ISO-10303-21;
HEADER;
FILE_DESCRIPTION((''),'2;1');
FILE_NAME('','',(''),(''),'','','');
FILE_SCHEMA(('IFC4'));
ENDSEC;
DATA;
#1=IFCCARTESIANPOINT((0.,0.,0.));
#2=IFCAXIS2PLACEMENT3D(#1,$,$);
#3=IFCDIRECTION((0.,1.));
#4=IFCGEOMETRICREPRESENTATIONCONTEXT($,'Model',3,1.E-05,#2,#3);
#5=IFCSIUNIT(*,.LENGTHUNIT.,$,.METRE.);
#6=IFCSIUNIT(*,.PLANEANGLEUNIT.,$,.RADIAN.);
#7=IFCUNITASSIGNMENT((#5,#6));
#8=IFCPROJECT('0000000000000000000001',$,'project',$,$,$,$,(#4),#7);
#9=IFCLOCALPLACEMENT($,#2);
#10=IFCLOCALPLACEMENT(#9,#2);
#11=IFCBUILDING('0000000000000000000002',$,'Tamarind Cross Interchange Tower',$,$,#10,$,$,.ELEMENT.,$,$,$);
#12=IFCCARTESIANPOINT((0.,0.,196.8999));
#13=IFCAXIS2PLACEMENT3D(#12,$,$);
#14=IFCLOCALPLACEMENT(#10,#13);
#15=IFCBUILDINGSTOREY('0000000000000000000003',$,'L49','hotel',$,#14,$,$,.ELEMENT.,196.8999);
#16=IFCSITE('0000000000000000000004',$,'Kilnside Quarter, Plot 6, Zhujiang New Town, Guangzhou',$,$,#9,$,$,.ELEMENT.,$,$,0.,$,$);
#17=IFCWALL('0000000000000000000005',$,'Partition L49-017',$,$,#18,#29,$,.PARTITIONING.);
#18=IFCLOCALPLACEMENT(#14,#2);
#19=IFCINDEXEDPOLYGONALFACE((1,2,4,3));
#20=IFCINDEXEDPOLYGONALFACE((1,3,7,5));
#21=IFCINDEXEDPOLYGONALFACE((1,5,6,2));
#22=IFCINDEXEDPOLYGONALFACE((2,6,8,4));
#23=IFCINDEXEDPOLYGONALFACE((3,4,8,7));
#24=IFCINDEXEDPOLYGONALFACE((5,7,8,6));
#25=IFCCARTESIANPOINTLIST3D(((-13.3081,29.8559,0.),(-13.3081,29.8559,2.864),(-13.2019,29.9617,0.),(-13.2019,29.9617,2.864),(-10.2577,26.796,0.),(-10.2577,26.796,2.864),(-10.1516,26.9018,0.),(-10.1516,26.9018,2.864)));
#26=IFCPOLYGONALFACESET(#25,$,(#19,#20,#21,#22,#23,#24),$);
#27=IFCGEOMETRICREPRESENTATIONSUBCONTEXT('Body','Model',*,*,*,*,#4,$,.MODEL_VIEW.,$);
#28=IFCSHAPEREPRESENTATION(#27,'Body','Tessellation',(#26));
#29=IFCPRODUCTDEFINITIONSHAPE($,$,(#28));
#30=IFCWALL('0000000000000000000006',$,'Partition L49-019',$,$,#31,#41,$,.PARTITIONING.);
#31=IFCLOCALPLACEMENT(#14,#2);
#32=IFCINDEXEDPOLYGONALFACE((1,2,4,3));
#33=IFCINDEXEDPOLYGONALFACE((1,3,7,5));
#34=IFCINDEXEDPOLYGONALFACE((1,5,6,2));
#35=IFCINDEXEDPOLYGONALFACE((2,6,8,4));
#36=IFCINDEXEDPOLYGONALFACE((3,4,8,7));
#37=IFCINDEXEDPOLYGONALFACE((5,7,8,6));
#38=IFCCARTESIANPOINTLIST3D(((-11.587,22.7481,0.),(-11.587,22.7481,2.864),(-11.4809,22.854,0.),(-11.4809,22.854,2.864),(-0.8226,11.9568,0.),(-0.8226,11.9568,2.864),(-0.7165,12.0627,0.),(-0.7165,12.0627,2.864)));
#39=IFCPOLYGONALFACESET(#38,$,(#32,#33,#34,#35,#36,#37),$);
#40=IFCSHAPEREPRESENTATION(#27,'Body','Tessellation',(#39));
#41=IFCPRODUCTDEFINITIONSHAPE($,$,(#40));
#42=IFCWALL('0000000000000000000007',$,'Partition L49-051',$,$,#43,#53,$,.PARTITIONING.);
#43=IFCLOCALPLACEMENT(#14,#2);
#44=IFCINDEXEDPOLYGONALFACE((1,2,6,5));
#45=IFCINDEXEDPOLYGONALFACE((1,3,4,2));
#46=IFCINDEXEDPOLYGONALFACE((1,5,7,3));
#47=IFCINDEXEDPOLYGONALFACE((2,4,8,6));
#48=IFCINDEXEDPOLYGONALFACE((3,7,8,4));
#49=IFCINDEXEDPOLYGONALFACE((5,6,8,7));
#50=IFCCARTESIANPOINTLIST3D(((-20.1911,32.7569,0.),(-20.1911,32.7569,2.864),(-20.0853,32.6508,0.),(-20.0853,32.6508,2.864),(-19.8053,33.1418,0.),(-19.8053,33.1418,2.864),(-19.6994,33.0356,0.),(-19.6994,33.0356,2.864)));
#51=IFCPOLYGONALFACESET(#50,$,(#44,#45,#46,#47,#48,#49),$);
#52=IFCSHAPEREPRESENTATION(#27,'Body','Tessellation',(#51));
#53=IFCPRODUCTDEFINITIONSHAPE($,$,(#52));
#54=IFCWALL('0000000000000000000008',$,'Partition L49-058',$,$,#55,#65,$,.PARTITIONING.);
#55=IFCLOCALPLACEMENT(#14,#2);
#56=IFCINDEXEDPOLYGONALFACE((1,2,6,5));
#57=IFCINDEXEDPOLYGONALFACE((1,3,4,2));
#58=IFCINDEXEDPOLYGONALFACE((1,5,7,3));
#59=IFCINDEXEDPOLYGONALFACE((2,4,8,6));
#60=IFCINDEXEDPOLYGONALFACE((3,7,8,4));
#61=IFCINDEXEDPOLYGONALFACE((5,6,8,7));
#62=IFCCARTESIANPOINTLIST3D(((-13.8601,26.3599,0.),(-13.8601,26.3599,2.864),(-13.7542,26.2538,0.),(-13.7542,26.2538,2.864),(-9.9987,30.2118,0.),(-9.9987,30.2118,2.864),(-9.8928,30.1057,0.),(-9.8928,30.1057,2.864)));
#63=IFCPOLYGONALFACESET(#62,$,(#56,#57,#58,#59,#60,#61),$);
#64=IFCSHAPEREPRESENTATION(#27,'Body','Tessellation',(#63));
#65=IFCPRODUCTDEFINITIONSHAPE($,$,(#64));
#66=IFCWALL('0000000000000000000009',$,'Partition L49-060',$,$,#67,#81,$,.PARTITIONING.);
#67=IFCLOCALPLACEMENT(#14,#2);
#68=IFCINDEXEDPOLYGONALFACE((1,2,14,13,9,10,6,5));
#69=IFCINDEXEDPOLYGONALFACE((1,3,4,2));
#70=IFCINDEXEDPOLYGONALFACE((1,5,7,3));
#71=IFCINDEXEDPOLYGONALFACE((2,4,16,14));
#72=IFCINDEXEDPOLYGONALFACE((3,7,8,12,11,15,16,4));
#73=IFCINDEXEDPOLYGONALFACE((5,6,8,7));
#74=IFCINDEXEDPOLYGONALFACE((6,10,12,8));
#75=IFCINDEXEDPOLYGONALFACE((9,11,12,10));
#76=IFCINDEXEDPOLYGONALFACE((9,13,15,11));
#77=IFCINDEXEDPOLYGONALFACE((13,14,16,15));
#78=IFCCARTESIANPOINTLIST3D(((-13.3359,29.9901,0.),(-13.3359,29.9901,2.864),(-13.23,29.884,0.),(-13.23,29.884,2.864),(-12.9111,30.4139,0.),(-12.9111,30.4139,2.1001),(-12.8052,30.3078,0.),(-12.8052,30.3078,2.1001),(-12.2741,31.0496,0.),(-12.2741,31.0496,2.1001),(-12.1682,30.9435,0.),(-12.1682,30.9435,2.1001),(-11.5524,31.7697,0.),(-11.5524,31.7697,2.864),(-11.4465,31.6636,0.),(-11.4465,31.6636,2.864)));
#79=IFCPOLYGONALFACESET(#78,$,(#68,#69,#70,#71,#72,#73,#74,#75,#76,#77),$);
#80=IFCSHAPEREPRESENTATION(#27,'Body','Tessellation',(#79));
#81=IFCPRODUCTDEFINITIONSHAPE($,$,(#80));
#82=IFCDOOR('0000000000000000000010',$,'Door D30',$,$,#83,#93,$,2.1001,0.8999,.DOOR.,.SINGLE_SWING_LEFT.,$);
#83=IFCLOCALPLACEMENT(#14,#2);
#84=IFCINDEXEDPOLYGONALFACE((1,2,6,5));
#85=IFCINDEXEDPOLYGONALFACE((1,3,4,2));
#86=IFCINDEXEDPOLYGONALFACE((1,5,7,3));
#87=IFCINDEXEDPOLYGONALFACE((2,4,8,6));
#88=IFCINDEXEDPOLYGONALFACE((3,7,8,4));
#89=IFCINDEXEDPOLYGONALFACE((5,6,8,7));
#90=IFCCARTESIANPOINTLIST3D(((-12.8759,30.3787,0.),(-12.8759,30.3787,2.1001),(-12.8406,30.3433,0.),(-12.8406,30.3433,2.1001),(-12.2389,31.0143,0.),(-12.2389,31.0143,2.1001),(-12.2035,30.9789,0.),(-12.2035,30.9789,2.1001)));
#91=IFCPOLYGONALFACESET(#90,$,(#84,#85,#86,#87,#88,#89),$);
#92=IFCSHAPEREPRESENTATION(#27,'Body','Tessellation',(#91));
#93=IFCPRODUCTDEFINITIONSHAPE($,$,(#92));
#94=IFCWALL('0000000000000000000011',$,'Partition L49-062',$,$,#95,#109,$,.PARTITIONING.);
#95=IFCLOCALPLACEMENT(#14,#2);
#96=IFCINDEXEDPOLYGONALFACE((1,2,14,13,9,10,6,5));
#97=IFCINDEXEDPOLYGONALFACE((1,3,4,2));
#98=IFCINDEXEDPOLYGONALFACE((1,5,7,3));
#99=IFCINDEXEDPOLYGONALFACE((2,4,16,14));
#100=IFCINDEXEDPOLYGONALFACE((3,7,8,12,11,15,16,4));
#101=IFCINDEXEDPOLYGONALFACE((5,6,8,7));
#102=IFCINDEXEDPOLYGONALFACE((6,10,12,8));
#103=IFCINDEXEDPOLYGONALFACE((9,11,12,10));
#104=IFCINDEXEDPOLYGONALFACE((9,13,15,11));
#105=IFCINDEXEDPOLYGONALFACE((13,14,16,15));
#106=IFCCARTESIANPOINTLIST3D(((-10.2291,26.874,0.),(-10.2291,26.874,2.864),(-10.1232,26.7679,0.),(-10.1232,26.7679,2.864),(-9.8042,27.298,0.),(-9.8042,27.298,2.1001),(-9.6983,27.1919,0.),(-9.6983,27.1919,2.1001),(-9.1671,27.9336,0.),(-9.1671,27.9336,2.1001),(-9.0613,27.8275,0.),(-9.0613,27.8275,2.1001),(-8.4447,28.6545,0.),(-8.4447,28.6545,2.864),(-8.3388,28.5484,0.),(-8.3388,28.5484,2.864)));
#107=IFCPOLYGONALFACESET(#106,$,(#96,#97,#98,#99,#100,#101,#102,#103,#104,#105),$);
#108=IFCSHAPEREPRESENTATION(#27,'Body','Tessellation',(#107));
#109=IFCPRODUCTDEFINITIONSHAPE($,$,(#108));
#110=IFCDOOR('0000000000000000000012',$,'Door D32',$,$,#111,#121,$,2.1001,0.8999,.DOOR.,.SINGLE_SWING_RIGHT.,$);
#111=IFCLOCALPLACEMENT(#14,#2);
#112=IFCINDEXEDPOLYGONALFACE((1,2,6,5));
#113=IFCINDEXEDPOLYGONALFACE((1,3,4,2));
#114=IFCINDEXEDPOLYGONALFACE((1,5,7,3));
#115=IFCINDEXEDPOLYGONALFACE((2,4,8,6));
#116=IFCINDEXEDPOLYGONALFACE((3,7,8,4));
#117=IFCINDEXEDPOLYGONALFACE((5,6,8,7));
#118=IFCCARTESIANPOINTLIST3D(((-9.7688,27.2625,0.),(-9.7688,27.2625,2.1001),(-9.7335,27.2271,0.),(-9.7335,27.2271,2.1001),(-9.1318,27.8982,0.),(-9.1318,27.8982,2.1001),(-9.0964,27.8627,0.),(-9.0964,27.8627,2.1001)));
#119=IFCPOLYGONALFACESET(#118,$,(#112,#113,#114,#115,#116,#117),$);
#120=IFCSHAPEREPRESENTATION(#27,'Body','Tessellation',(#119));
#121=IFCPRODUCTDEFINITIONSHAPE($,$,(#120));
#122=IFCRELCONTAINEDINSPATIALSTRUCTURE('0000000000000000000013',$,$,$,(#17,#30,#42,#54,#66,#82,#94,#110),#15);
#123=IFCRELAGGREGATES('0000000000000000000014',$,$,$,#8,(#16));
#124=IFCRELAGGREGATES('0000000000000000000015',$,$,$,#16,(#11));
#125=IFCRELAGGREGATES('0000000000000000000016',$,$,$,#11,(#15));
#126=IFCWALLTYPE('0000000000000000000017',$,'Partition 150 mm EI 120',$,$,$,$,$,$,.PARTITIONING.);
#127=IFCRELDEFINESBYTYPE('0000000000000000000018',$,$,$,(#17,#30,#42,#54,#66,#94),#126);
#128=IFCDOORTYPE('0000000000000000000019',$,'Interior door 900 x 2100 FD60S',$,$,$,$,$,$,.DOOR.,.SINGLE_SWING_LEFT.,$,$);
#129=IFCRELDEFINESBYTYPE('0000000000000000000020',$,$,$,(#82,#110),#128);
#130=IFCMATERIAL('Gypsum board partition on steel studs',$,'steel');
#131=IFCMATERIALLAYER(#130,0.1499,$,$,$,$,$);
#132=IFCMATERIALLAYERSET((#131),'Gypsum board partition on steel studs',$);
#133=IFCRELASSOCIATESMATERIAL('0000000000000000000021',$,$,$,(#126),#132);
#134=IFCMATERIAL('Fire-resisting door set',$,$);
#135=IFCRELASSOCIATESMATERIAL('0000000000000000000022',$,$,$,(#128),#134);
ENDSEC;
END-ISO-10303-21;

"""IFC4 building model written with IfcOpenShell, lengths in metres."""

from ifc_helpers import new_model, si_unit, direction, frame, frame_2d, origin, place, context, subcontext, project, spatial, rectangle, extrude, material, layer, layer_set, type_object, element, fill, save


model = new_model("IFC4")

# Units and contexts
model_context = context("Model", 3, precision=1e-05, world=origin(), true_north=direction((0.0, 1.0)))
body_context = subcontext(model_context, "Body", "Model", "MODEL_VIEW")
ifc_project = project(units=[si_unit("LENGTHUNIT", "METRE"), si_unit("PLANEANGLEUNIT", "RADIAN")], contexts=[model_context])

# Site, building, storey
site_placement = place(None, origin())
site = spatial("IfcSite", under=ifc_project, at=site_placement, Name="Kilnside Quarter, Plot 6, Zhujiang New Town, Guangzhou", CompositionType="ELEMENT", RefElevation=0.0)
building_placement = place(site_placement, origin())
building = spatial("IfcBuilding", under=site, at=building_placement, Name="Tamarind Cross Interchange Tower", CompositionType="ELEMENT")
storey_placement = place(building_placement, frame((0.0, 0.0, 196.8999)))
storey = spatial("IfcBuildingStorey", under=building, at=storey_placement, Name="L49", Description="hotel", CompositionType="ELEMENT", Elevation=196.8999)

# Walls
ifc_material_1 = material(Name="Gypsum board partition on steel studs", Category="steel")
ifc_layer_1 = layer(ifc_material_1, 0.1499)
ifc_layer_set_1 = layer_set([ifc_layer_1], Name="Gypsum board partition on steel studs")
wall_type = type_object("IfcWallType", Name="Partition 150 mm EI 120", PredefinedType="PARTITIONING", material=ifc_layer_set_1)
wall_1_placement = place(storey_placement, frame((-13.2549, 29.9087, 0.0), z_axis=(0.0, 0.0, 1.0), x_axis=(0.706004, -0.708208, 0.0)))
element("IfcWall", 1, at=wall_1_placement, inside=storey, type_object=wall_type, Name="Partition L49-017", PredefinedType="PARTITIONING", context=body_context, shape_type="SweptSolid", body=[
    extrude(rectangle(XDim=4.3206, YDim=0.1499, at=frame_2d((2.1602, 0.0))), origin(), (0.0, 0.0, 1.0), 2.864),
])
wall_2_placement = place(storey_placement, frame((-11.5339, 22.801, 0.0), z_axis=(0.0, 0.0, 1.0), x_axis=(0.706225, -0.707987, 0.0)))
element("IfcWall", 2, at=wall_2_placement, inside=storey, type_object=wall_type, Name="Partition L49-019", PredefinedType="PARTITIONING", context=body_context, shape_type="SweptSolid", body=[
    extrude(rectangle(XDim=15.2422, YDim=0.1499, at=frame_2d((7.6211, 0.0))), origin(), (0.0, 0.0, 1.0), 2.864),
])
wall_3_placement = place(storey_placement, frame((-20.1382, 32.7039, 0.0), z_axis=(0.0, 0.0, 1.0), x_axis=(0.708002, 0.70621, 0.0)))
element("IfcWall", 3, at=wall_3_placement, inside=storey, type_object=wall_type, Name="Partition L49-051", PredefinedType="PARTITIONING", context=body_context, shape_type="SweptSolid", body=[
    extrude(rectangle(XDim=0.5449, YDim=0.1499, at=frame_2d((0.2725, 0.0))), origin(), (0.0, 0.0, 1.0), 2.864),
])
wall_4_placement = place(storey_placement, frame((-13.8071, 26.3069, 0.0), z_axis=(0.0, 0.0, 1.0), x_axis=(0.707979, 0.706233, 0.0)))
element("IfcWall", 4, at=wall_4_placement, inside=storey, type_object=wall_type, Name="Partition L49-058", PredefinedType="PARTITIONING", context=body_context, shape_type="SweptSolid", body=[
    extrude(rectangle(XDim=5.4541, YDim=0.1499, at=frame_2d((2.7271, 0.0))), origin(), (0.0, 0.0, 1.0), 2.864),
])

# Walls, openings, doors
wall_5_placement = place(storey_placement, frame((-13.283, 29.937, 0.0), z_axis=(0.0, 0.0, 1.0), x_axis=(0.707882, 0.706331, 0.0)))
wall_5 = element("IfcWall", 5, at=wall_5_placement, inside=storey, type_object=wall_type, Name="Partition L49-060", PredefinedType="PARTITIONING", context=body_context, shape_type="SweptSolid", body=[
    extrude(rectangle(XDim=2.5195, YDim=0.1499, at=frame_2d((1.2598, 0.0))), origin(), (0.0, 0.0, 1.0), 2.864),
])
opening_1_placement = place(wall_5_placement, frame((0.6001, 0.0, 0.0)))
opening_1 = element("IfcOpeningElement", 6, at=opening_1_placement, cuts=wall_5, PredefinedType="OPENING", context=body_context, shape_type="SweptSolid", body=[
    extrude(rectangle(XDim=0.8999, YDim=2.1001, at=frame_2d((0.45, 1.05))), frame((0.0, 0.085, 0.0), z_axis=(0.0, -1.0, 0.0), x_axis=(1.0, 0.0, 0.0)), (0.0, 0.0, 1.0), 0.1699),
])
ifc_material_2 = material(Name="Fire-resisting door set")
door_type = type_object("IfcDoorType", Name="Interior door 900 x 2100 FD60S", OperationType="SINGLE_SWING_LEFT", PredefinedType="DOOR", material=ifc_material_2)
door_1_placement = place(opening_1_placement, frame((0.8999, 0.0, 0.0), z_axis=(0.0, 0.0, 1.0), x_axis=(-1.0, 0.0, 0.0)))
door_1 = element("IfcDoor", 7, at=door_1_placement, inside=storey, type_object=door_type, Name="Door D30", OperationType="SINGLE_SWING_LEFT", OverallHeight=2.1001, OverallWidth=0.8999, PredefinedType="DOOR", context=body_context, shape_type="SweptSolid", body=[
    extrude(rectangle(XDim=0.8999, YDim=2.1001, at=frame_2d((0.45, 1.05))), frame((0.0, 0.0249, 0.0), z_axis=(0.0, -1.0, 0.0), x_axis=(1.0, 0.0, 0.0)), (0.0, 0.0, 1.0), 0.05),
])
fill(opening_1, door_1)
wall_6_placement = place(storey_placement, frame((-10.176, 26.821, 0.0), z_axis=(0.0, 0.0, 1.0), x_axis=(0.707881, 0.706332, 0.0)))
wall_6 = element("IfcWall", 8, at=wall_6_placement, inside=storey, type_object=wall_type, Name="Partition L49-062", PredefinedType="PARTITIONING", context=body_context, shape_type="SweptSolid", body=[
    extrude(rectangle(XDim=2.5208, YDim=0.1499, at=frame_2d((1.2603, 0.0))), origin(), (0.0, 0.0, 1.0), 2.864),
])
opening_2_placement = place(wall_6_placement, frame((0.6001, 0.0, 0.0)))
opening_2 = element("IfcOpeningElement", 9, at=opening_2_placement, cuts=wall_6, PredefinedType="OPENING", context=body_context, shape_type="SweptSolid", body=[
    extrude(rectangle(XDim=0.8999, YDim=2.1001, at=frame_2d((0.45, 1.05))), frame((0.0, 0.085, 0.0), z_axis=(0.0, -1.0, 0.0), x_axis=(1.0, 0.0, 0.0)), (0.0, 0.0, 1.0), 0.1699),
])
door_2_placement = place(opening_2_placement, origin())
door_2 = element("IfcDoor", 10, at=door_2_placement, inside=storey, type_object=door_type, Name="Door D32", OperationType="SINGLE_SWING_RIGHT", OverallHeight=2.1001, OverallWidth=0.8999, PredefinedType="DOOR", context=body_context, shape_type="SweptSolid", body=[
    extrude(rectangle(XDim=0.8999, YDim=2.1001, at=frame_2d((0.45, 1.05))), frame((0.0, 0.0249, 0.0), z_axis=(0.0, -1.0, 0.0), x_axis=(1.0, 0.0, 0.0)), (0.0, 0.0, 1.0), 0.05),
])
fill(opening_2, door_2)

save(model, "model.ifc")
